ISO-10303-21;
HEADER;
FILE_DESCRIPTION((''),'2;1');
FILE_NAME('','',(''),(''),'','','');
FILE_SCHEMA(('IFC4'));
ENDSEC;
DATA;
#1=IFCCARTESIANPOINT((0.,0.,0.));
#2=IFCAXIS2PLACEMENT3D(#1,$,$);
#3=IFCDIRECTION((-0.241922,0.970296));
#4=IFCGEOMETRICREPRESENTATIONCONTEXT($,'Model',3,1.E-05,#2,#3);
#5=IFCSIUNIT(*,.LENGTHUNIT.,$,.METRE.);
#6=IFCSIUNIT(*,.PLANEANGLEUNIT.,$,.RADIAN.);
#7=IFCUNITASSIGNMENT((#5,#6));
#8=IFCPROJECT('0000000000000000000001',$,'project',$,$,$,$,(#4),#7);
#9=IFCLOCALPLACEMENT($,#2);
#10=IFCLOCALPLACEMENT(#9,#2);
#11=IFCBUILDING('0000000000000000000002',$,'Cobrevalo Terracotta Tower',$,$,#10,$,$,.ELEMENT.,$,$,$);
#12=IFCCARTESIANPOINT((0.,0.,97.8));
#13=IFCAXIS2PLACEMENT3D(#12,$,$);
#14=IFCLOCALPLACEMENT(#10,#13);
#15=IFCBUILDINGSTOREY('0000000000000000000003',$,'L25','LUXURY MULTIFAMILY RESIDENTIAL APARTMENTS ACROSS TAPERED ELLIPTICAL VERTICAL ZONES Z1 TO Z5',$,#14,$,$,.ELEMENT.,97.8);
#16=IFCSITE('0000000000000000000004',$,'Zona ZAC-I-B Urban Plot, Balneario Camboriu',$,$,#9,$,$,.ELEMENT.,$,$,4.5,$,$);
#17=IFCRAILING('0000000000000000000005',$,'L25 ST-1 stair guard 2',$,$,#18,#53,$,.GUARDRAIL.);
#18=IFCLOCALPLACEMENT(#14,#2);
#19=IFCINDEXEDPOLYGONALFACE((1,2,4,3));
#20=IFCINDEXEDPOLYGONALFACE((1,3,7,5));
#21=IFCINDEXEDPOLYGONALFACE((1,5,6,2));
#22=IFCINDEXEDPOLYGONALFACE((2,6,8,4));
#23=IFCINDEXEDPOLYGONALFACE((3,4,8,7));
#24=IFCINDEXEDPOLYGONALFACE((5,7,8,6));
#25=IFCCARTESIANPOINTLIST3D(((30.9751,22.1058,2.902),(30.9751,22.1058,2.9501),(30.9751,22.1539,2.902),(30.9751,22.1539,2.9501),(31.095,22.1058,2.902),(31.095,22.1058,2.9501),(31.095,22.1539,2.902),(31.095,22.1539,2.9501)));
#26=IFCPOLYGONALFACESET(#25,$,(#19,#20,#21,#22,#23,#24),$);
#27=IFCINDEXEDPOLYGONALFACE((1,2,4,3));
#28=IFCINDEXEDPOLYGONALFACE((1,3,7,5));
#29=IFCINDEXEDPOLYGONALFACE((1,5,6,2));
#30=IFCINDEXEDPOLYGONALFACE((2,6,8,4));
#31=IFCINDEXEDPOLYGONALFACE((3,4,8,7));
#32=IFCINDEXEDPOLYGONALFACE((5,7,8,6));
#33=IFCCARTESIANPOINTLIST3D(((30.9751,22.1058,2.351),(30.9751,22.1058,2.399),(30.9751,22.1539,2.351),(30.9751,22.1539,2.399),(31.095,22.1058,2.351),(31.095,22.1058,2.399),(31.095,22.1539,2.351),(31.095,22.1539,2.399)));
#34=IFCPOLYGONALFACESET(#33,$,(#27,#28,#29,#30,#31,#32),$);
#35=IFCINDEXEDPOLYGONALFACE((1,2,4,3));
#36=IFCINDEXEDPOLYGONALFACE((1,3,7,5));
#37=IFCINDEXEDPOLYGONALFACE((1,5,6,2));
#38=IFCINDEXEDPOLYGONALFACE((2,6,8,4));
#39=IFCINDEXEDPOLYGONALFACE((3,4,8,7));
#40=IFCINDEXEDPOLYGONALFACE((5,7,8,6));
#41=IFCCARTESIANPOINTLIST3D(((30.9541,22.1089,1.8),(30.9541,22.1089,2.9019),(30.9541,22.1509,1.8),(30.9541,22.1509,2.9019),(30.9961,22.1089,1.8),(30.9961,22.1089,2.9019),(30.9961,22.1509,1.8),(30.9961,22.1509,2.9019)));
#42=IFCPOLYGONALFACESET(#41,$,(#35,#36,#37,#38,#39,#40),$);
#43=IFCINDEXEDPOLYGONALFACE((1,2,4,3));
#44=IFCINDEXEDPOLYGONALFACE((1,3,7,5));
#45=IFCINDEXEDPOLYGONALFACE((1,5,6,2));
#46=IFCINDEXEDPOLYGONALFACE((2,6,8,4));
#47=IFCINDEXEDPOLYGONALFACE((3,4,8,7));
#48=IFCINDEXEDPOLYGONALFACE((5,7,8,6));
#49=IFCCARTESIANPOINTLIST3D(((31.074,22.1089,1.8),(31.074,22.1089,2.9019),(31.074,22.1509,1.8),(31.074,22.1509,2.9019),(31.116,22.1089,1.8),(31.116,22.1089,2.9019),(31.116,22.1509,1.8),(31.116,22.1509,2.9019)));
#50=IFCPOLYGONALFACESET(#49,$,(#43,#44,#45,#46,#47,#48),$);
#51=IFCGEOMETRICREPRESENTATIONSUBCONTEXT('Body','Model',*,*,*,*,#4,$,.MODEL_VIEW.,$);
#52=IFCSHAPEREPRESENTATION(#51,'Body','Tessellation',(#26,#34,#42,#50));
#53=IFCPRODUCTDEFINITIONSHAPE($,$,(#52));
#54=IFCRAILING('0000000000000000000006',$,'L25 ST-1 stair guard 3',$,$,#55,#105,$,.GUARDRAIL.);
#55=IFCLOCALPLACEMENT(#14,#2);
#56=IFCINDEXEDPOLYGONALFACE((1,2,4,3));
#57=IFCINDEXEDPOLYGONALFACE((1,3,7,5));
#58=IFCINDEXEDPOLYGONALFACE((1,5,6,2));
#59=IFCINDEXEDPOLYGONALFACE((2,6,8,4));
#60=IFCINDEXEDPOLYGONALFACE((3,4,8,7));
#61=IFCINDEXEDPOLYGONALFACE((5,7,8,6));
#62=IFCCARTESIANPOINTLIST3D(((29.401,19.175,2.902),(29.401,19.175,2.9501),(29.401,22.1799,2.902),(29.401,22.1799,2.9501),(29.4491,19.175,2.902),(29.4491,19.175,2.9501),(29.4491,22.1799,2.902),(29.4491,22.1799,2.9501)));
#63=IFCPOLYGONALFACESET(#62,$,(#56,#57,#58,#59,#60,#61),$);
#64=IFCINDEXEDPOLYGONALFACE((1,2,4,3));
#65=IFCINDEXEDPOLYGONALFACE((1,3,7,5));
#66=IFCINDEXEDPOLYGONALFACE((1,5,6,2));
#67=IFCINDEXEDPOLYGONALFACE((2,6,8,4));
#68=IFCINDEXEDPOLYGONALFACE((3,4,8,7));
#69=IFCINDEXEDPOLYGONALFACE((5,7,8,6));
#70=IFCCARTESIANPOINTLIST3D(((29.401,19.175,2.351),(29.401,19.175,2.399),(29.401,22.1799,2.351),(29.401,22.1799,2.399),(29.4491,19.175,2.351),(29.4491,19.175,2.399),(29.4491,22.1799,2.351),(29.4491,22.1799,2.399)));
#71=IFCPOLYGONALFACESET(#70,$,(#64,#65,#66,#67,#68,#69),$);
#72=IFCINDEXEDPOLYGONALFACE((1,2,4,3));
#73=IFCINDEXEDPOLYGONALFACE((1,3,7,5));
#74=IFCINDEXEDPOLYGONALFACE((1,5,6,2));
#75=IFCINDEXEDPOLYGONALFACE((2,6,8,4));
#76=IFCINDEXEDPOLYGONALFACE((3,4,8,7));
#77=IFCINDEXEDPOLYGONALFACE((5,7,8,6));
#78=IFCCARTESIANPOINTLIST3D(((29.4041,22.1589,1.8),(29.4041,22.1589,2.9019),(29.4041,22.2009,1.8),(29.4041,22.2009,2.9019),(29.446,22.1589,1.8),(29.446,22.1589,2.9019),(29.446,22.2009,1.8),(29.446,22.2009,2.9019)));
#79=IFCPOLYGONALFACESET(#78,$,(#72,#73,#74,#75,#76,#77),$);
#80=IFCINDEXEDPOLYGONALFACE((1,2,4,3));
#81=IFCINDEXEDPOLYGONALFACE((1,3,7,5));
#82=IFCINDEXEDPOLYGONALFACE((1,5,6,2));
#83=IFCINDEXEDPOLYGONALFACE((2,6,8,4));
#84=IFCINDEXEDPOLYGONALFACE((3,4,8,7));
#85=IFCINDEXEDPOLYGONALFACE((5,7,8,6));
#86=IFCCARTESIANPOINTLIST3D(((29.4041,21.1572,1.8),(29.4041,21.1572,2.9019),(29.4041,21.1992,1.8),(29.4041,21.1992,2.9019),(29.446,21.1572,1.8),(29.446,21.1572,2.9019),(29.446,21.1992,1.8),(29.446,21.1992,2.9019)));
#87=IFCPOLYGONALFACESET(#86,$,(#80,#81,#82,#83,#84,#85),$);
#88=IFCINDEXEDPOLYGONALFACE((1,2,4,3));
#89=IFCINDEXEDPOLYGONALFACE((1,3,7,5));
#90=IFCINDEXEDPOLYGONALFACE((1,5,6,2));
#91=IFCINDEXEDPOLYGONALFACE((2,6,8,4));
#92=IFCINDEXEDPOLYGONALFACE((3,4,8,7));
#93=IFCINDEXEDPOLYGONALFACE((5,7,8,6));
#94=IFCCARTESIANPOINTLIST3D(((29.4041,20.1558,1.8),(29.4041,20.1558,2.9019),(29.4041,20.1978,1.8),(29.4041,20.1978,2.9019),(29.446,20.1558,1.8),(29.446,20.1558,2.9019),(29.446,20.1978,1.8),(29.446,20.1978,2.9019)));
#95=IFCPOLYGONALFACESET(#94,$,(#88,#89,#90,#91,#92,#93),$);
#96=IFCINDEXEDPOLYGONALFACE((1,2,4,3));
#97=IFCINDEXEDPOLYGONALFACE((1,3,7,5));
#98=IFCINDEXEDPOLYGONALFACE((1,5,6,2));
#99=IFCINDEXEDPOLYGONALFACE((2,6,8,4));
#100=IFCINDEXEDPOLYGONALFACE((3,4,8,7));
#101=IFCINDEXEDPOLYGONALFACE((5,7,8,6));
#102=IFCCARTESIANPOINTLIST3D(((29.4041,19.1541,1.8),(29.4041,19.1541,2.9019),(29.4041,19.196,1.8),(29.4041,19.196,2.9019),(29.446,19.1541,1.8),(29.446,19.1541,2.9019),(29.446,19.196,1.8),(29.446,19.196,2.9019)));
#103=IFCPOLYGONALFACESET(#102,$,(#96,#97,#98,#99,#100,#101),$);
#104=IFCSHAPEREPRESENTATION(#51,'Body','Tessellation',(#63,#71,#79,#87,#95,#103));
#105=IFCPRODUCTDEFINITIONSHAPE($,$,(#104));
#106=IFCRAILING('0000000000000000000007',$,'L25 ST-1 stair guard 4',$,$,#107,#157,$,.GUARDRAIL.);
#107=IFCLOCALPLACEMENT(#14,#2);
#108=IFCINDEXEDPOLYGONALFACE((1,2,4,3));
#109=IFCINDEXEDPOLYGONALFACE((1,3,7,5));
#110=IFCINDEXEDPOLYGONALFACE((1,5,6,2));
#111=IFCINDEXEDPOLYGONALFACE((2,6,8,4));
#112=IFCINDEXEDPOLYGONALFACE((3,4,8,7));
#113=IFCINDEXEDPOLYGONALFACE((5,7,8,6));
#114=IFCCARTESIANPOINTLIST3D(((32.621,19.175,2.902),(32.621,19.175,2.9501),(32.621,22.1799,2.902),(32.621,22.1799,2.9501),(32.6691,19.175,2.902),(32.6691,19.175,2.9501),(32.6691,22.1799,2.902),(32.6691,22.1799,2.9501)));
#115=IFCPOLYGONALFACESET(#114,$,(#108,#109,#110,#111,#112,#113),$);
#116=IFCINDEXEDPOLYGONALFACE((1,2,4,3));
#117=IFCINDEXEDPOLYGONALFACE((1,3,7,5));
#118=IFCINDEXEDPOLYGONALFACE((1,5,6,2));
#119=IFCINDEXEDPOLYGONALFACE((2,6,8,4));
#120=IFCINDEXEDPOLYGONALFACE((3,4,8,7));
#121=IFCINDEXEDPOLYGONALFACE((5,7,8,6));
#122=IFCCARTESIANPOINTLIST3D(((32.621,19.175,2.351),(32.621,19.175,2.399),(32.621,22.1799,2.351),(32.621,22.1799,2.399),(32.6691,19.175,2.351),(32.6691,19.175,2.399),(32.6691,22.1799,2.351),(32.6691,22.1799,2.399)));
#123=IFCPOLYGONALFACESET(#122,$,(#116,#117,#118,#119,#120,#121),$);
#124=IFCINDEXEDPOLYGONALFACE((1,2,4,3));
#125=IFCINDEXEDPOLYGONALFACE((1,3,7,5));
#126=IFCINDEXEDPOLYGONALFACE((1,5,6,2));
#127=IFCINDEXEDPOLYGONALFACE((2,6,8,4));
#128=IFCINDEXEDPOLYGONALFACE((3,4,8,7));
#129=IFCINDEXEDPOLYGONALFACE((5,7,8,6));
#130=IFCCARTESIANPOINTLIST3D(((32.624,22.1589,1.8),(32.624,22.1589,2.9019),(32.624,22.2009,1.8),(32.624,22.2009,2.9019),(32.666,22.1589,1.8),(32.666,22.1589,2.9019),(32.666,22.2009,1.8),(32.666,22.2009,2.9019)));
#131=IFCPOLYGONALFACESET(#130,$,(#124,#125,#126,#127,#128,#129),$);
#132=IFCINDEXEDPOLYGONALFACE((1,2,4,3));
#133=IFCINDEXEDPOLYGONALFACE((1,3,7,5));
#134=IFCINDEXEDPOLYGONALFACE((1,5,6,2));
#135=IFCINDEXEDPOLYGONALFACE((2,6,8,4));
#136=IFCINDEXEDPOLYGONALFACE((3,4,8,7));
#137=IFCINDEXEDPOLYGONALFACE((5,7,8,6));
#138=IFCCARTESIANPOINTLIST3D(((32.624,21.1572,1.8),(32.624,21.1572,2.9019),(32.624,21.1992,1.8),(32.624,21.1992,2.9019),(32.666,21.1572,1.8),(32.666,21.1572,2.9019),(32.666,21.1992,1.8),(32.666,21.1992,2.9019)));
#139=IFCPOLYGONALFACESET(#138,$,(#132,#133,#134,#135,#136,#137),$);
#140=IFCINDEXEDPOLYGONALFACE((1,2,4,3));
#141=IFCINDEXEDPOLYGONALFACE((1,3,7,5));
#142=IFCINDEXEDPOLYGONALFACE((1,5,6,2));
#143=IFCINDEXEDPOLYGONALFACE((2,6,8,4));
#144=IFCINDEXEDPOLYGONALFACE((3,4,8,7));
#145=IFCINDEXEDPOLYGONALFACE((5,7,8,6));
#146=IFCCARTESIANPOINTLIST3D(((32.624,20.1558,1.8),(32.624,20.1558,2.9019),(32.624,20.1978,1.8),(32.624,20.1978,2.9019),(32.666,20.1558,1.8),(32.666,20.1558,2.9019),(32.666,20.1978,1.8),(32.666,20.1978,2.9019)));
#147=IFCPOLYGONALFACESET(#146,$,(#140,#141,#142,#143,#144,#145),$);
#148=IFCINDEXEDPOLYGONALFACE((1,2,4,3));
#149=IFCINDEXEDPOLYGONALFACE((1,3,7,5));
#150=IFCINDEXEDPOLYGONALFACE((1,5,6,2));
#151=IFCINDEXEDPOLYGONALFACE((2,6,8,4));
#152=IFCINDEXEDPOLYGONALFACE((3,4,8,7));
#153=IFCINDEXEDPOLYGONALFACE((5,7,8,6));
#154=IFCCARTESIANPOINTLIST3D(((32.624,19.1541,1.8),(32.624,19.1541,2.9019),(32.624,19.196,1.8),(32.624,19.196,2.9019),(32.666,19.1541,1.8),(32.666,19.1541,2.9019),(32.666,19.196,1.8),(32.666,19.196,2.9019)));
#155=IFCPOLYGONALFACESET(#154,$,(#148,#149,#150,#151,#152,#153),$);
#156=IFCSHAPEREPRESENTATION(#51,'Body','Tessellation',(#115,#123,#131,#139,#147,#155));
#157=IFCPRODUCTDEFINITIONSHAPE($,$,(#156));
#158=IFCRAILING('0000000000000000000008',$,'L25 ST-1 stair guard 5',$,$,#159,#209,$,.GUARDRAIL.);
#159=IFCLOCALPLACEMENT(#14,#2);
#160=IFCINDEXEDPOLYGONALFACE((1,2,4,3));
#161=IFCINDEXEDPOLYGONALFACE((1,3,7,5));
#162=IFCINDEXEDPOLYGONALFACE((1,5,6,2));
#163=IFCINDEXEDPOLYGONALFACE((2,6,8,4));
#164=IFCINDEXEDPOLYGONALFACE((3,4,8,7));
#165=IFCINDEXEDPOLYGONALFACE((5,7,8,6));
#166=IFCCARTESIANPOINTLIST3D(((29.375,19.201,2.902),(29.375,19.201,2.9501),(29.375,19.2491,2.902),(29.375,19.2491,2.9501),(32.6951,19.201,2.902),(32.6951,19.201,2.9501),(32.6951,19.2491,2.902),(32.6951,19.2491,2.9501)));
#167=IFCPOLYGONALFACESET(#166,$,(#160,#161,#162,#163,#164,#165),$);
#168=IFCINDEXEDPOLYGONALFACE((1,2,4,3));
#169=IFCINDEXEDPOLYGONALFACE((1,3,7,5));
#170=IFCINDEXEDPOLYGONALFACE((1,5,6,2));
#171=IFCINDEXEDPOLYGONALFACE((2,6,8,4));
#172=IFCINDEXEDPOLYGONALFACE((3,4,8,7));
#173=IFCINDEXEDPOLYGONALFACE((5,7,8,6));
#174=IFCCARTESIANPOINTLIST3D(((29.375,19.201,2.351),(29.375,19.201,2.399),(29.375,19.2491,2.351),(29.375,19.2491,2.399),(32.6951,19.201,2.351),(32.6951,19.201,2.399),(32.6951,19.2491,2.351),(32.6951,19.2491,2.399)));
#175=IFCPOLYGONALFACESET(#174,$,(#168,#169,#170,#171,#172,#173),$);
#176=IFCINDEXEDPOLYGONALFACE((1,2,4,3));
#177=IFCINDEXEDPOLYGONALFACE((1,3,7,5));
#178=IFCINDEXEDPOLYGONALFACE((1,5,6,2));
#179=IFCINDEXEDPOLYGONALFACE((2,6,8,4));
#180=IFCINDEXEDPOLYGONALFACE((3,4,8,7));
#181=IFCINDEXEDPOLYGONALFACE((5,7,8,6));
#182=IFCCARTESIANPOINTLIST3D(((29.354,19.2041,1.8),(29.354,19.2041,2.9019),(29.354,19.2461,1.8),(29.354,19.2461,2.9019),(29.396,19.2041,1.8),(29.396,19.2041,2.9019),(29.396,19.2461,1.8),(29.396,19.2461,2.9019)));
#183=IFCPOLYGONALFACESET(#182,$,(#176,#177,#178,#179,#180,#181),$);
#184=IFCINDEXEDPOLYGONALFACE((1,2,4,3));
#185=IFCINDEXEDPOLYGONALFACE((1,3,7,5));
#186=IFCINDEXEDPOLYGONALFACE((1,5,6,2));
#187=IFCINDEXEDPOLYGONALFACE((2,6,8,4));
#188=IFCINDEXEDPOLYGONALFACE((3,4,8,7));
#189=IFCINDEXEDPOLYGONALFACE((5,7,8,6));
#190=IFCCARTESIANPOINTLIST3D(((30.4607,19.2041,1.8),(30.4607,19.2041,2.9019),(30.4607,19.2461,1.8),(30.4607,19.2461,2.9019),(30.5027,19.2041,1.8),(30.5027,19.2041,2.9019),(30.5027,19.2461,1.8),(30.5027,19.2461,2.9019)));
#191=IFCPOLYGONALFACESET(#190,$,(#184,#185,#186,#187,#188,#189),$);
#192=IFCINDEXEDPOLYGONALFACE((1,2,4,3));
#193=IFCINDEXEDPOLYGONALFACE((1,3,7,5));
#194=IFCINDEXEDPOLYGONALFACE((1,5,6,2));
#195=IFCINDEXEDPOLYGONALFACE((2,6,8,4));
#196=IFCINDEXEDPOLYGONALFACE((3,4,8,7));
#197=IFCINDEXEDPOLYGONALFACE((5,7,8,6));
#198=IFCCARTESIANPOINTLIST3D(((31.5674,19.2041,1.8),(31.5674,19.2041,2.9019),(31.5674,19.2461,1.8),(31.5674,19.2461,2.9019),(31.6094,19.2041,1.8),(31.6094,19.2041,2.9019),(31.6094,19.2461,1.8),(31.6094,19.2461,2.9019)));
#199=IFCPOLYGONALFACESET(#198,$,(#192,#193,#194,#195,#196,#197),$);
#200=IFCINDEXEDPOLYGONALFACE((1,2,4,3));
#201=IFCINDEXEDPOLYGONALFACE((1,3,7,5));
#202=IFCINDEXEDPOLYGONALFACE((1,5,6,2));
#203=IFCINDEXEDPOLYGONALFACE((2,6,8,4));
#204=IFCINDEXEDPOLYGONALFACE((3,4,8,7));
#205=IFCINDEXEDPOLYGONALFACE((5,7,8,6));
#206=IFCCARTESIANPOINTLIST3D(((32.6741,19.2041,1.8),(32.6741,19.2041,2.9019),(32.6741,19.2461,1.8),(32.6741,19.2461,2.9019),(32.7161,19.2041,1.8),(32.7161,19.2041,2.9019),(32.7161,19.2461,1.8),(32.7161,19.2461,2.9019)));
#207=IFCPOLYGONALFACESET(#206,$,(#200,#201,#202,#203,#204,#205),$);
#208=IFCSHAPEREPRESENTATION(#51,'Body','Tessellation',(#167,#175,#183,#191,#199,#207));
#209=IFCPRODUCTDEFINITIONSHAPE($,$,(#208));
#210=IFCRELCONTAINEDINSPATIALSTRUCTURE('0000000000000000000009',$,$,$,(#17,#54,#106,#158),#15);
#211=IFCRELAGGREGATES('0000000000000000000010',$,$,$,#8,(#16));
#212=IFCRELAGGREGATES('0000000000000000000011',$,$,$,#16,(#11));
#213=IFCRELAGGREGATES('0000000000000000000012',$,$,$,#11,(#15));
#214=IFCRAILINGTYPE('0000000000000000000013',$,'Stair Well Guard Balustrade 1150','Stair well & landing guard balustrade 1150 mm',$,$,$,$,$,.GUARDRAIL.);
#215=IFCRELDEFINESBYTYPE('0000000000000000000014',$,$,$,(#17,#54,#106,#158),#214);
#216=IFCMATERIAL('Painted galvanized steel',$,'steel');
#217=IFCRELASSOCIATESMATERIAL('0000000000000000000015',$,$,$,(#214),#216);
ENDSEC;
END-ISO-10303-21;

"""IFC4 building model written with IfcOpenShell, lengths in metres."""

from ifc_helpers import new_model, si_unit, direction, frame, origin, origin_2d, place, context, subcontext, project, spatial, rectangle, extrude, material, type_object, element, save


model = new_model("IFC4")

# Units and contexts
model_context = context("Model", 3, precision=1e-05, world=origin(), true_north=direction((-0.241922, 0.970296)))
body_context = subcontext(model_context, "Body", "Model", "MODEL_VIEW")
ifc_project = project(units=[si_unit("LENGTHUNIT", "METRE"), si_unit("PLANEANGLEUNIT", "RADIAN")], contexts=[model_context])

# Site, building, storey
site_placement = place(None, origin())
site = spatial("IfcSite", under=ifc_project, at=site_placement, Name="Zona ZAC-I-B Urban Plot, Balneario Camboriu", CompositionType="ELEMENT", RefElevation=4.5)
building_placement = place(site_placement, origin())
building = spatial("IfcBuilding", under=site, at=building_placement, Name="Cobrevalo Terracotta Tower", CompositionType="ELEMENT")
storey_placement = place(building_placement, frame((0.0, 0.0, 97.8)))
storey = spatial("IfcBuildingStorey", under=building, at=storey_placement, Name="L25", Description="LUXURY MULTIFAMILY RESIDENTIAL APARTMENTS ACROSS TAPERED ELLIPTICAL VERTICAL ZONES Z1 TO Z5", CompositionType="ELEMENT", Elevation=97.8)

# Railings
ifc_material_1 = material(Name="Painted galvanized steel", Category="steel")
railing_type_1 = type_object("IfcRailingType", Name="Stair Well Guard Balustrade 1150", Description="Stair well & landing guard balustrade 1150 mm", PredefinedType="GUARDRAIL", material=ifc_material_1)
railing_1_placement = place(storey_placement, frame((30.9751, 22.1299, 1.8)))
element("IfcRailing", 1, at=railing_1_placement, inside=storey, type_object=railing_type_1, Name="L25 ST-1 stair guard 2", PredefinedType="GUARDRAIL", context=body_context, shape_type="SweptSolid", body=[
    extrude(rectangle(XDim=0.0481, YDim=0.0481, at=origin_2d()), frame((0.0, 0.0, 1.126), z_axis=(1.0, 0.0, 0.0), x_axis=(0.0, 1.0, 0.0)), (0.0, 0.0, 1.0), 0.1199),
    extrude(rectangle(XDim=0.0481, YDim=0.0481, at=origin_2d()), frame((0.0, 0.0, 0.575), z_axis=(1.0, 0.0, 0.0), x_axis=(0.0, 1.0, 0.0)), (0.0, 0.0, 1.0), 0.1199),
    extrude(rectangle(XDim=0.042, YDim=0.042, at=origin_2d()), origin(), (0.0, 0.0, 1.0), 1.1018),
    extrude(rectangle(XDim=0.042, YDim=0.042, at=origin_2d()), frame((0.1199, 0.0, 0.0)), (0.0, 0.0, 1.0), 1.1018),
])
for number, where, name in (
    (2, (29.425, 22.1799, 1.8), "L25 ST-1 stair guard 3"),
    (3, (32.645, 22.1799, 1.8), "L25 ST-1 stair guard 4"),
):
    element("IfcRailing", number, at=place(storey_placement, frame(where)), inside=storey, type_object=railing_type_1, Name=name, PredefinedType="GUARDRAIL", context=body_context, shape_type="SweptSolid", body=[
        extrude(rectangle(XDim=0.0481, YDim=0.0481, at=origin_2d()), frame((0.0, 0.0, 1.126), z_axis=(0.0, -1.0, 0.0), x_axis=(1.0, 0.0, 0.0)), (0.0, 0.0, 1.0), 3.0049),
        extrude(rectangle(XDim=0.0481, YDim=0.0481, at=origin_2d()), frame((0.0, 0.0, 0.575), z_axis=(0.0, -1.0, 0.0), x_axis=(1.0, 0.0, 0.0)), (0.0, 0.0, 1.0), 3.0049),
        extrude(rectangle(XDim=0.042, YDim=0.042, at=origin_2d()), origin(), (0.0, 0.0, 1.0), 1.1018),
        extrude(rectangle(XDim=0.042, YDim=0.042, at=origin_2d()), frame((0.0, -1.0017, 0.0)), (0.0, 0.0, 1.0), 1.1018),
        extrude(rectangle(XDim=0.042, YDim=0.042, at=origin_2d()), frame((0.0, -2.0032, 0.0)), (0.0, 0.0, 1.0), 1.1018),
        extrude(rectangle(XDim=0.042, YDim=0.042, at=origin_2d()), frame((0.0, -3.0049, 0.0)), (0.0, 0.0, 1.0), 1.1018),
    ])
railing_2_placement = place(storey_placement, frame((29.375, 19.2251, 1.8)))
element("IfcRailing", 4, at=railing_2_placement, inside=storey, type_object=railing_type_1, Name="L25 ST-1 stair guard 5", PredefinedType="GUARDRAIL", context=body_context, shape_type="SweptSolid", body=[
    extrude(rectangle(XDim=0.0481, YDim=0.0481, at=origin_2d()), frame((0.0, 0.0, 1.126), z_axis=(1.0, 0.0, 0.0), x_axis=(0.0, 1.0, 0.0)), (0.0, 0.0, 1.0), 3.3201),
    extrude(rectangle(XDim=0.0481, YDim=0.0481, at=origin_2d()), frame((0.0, 0.0, 0.575), z_axis=(1.0, 0.0, 0.0), x_axis=(0.0, 1.0, 0.0)), (0.0, 0.0, 1.0), 3.3201),
    extrude(rectangle(XDim=0.042, YDim=0.042, at=origin_2d()), origin(), (0.0, 0.0, 1.0), 1.1018),
    extrude(rectangle(XDim=0.042, YDim=0.042, at=origin_2d()), frame((1.1067, 0.0, 0.0)), (0.0, 0.0, 1.0), 1.1018),
    extrude(rectangle(XDim=0.042, YDim=0.042, at=origin_2d()), frame((2.2134, 0.0, 0.0)), (0.0, 0.0, 1.0), 1.1018),
    extrude(rectangle(XDim=0.042, YDim=0.042, at=origin_2d()), frame((3.3201, 0.0, 0.0)), (0.0, 0.0, 1.0), 1.1018),
])

save(model, "model.ifc")
